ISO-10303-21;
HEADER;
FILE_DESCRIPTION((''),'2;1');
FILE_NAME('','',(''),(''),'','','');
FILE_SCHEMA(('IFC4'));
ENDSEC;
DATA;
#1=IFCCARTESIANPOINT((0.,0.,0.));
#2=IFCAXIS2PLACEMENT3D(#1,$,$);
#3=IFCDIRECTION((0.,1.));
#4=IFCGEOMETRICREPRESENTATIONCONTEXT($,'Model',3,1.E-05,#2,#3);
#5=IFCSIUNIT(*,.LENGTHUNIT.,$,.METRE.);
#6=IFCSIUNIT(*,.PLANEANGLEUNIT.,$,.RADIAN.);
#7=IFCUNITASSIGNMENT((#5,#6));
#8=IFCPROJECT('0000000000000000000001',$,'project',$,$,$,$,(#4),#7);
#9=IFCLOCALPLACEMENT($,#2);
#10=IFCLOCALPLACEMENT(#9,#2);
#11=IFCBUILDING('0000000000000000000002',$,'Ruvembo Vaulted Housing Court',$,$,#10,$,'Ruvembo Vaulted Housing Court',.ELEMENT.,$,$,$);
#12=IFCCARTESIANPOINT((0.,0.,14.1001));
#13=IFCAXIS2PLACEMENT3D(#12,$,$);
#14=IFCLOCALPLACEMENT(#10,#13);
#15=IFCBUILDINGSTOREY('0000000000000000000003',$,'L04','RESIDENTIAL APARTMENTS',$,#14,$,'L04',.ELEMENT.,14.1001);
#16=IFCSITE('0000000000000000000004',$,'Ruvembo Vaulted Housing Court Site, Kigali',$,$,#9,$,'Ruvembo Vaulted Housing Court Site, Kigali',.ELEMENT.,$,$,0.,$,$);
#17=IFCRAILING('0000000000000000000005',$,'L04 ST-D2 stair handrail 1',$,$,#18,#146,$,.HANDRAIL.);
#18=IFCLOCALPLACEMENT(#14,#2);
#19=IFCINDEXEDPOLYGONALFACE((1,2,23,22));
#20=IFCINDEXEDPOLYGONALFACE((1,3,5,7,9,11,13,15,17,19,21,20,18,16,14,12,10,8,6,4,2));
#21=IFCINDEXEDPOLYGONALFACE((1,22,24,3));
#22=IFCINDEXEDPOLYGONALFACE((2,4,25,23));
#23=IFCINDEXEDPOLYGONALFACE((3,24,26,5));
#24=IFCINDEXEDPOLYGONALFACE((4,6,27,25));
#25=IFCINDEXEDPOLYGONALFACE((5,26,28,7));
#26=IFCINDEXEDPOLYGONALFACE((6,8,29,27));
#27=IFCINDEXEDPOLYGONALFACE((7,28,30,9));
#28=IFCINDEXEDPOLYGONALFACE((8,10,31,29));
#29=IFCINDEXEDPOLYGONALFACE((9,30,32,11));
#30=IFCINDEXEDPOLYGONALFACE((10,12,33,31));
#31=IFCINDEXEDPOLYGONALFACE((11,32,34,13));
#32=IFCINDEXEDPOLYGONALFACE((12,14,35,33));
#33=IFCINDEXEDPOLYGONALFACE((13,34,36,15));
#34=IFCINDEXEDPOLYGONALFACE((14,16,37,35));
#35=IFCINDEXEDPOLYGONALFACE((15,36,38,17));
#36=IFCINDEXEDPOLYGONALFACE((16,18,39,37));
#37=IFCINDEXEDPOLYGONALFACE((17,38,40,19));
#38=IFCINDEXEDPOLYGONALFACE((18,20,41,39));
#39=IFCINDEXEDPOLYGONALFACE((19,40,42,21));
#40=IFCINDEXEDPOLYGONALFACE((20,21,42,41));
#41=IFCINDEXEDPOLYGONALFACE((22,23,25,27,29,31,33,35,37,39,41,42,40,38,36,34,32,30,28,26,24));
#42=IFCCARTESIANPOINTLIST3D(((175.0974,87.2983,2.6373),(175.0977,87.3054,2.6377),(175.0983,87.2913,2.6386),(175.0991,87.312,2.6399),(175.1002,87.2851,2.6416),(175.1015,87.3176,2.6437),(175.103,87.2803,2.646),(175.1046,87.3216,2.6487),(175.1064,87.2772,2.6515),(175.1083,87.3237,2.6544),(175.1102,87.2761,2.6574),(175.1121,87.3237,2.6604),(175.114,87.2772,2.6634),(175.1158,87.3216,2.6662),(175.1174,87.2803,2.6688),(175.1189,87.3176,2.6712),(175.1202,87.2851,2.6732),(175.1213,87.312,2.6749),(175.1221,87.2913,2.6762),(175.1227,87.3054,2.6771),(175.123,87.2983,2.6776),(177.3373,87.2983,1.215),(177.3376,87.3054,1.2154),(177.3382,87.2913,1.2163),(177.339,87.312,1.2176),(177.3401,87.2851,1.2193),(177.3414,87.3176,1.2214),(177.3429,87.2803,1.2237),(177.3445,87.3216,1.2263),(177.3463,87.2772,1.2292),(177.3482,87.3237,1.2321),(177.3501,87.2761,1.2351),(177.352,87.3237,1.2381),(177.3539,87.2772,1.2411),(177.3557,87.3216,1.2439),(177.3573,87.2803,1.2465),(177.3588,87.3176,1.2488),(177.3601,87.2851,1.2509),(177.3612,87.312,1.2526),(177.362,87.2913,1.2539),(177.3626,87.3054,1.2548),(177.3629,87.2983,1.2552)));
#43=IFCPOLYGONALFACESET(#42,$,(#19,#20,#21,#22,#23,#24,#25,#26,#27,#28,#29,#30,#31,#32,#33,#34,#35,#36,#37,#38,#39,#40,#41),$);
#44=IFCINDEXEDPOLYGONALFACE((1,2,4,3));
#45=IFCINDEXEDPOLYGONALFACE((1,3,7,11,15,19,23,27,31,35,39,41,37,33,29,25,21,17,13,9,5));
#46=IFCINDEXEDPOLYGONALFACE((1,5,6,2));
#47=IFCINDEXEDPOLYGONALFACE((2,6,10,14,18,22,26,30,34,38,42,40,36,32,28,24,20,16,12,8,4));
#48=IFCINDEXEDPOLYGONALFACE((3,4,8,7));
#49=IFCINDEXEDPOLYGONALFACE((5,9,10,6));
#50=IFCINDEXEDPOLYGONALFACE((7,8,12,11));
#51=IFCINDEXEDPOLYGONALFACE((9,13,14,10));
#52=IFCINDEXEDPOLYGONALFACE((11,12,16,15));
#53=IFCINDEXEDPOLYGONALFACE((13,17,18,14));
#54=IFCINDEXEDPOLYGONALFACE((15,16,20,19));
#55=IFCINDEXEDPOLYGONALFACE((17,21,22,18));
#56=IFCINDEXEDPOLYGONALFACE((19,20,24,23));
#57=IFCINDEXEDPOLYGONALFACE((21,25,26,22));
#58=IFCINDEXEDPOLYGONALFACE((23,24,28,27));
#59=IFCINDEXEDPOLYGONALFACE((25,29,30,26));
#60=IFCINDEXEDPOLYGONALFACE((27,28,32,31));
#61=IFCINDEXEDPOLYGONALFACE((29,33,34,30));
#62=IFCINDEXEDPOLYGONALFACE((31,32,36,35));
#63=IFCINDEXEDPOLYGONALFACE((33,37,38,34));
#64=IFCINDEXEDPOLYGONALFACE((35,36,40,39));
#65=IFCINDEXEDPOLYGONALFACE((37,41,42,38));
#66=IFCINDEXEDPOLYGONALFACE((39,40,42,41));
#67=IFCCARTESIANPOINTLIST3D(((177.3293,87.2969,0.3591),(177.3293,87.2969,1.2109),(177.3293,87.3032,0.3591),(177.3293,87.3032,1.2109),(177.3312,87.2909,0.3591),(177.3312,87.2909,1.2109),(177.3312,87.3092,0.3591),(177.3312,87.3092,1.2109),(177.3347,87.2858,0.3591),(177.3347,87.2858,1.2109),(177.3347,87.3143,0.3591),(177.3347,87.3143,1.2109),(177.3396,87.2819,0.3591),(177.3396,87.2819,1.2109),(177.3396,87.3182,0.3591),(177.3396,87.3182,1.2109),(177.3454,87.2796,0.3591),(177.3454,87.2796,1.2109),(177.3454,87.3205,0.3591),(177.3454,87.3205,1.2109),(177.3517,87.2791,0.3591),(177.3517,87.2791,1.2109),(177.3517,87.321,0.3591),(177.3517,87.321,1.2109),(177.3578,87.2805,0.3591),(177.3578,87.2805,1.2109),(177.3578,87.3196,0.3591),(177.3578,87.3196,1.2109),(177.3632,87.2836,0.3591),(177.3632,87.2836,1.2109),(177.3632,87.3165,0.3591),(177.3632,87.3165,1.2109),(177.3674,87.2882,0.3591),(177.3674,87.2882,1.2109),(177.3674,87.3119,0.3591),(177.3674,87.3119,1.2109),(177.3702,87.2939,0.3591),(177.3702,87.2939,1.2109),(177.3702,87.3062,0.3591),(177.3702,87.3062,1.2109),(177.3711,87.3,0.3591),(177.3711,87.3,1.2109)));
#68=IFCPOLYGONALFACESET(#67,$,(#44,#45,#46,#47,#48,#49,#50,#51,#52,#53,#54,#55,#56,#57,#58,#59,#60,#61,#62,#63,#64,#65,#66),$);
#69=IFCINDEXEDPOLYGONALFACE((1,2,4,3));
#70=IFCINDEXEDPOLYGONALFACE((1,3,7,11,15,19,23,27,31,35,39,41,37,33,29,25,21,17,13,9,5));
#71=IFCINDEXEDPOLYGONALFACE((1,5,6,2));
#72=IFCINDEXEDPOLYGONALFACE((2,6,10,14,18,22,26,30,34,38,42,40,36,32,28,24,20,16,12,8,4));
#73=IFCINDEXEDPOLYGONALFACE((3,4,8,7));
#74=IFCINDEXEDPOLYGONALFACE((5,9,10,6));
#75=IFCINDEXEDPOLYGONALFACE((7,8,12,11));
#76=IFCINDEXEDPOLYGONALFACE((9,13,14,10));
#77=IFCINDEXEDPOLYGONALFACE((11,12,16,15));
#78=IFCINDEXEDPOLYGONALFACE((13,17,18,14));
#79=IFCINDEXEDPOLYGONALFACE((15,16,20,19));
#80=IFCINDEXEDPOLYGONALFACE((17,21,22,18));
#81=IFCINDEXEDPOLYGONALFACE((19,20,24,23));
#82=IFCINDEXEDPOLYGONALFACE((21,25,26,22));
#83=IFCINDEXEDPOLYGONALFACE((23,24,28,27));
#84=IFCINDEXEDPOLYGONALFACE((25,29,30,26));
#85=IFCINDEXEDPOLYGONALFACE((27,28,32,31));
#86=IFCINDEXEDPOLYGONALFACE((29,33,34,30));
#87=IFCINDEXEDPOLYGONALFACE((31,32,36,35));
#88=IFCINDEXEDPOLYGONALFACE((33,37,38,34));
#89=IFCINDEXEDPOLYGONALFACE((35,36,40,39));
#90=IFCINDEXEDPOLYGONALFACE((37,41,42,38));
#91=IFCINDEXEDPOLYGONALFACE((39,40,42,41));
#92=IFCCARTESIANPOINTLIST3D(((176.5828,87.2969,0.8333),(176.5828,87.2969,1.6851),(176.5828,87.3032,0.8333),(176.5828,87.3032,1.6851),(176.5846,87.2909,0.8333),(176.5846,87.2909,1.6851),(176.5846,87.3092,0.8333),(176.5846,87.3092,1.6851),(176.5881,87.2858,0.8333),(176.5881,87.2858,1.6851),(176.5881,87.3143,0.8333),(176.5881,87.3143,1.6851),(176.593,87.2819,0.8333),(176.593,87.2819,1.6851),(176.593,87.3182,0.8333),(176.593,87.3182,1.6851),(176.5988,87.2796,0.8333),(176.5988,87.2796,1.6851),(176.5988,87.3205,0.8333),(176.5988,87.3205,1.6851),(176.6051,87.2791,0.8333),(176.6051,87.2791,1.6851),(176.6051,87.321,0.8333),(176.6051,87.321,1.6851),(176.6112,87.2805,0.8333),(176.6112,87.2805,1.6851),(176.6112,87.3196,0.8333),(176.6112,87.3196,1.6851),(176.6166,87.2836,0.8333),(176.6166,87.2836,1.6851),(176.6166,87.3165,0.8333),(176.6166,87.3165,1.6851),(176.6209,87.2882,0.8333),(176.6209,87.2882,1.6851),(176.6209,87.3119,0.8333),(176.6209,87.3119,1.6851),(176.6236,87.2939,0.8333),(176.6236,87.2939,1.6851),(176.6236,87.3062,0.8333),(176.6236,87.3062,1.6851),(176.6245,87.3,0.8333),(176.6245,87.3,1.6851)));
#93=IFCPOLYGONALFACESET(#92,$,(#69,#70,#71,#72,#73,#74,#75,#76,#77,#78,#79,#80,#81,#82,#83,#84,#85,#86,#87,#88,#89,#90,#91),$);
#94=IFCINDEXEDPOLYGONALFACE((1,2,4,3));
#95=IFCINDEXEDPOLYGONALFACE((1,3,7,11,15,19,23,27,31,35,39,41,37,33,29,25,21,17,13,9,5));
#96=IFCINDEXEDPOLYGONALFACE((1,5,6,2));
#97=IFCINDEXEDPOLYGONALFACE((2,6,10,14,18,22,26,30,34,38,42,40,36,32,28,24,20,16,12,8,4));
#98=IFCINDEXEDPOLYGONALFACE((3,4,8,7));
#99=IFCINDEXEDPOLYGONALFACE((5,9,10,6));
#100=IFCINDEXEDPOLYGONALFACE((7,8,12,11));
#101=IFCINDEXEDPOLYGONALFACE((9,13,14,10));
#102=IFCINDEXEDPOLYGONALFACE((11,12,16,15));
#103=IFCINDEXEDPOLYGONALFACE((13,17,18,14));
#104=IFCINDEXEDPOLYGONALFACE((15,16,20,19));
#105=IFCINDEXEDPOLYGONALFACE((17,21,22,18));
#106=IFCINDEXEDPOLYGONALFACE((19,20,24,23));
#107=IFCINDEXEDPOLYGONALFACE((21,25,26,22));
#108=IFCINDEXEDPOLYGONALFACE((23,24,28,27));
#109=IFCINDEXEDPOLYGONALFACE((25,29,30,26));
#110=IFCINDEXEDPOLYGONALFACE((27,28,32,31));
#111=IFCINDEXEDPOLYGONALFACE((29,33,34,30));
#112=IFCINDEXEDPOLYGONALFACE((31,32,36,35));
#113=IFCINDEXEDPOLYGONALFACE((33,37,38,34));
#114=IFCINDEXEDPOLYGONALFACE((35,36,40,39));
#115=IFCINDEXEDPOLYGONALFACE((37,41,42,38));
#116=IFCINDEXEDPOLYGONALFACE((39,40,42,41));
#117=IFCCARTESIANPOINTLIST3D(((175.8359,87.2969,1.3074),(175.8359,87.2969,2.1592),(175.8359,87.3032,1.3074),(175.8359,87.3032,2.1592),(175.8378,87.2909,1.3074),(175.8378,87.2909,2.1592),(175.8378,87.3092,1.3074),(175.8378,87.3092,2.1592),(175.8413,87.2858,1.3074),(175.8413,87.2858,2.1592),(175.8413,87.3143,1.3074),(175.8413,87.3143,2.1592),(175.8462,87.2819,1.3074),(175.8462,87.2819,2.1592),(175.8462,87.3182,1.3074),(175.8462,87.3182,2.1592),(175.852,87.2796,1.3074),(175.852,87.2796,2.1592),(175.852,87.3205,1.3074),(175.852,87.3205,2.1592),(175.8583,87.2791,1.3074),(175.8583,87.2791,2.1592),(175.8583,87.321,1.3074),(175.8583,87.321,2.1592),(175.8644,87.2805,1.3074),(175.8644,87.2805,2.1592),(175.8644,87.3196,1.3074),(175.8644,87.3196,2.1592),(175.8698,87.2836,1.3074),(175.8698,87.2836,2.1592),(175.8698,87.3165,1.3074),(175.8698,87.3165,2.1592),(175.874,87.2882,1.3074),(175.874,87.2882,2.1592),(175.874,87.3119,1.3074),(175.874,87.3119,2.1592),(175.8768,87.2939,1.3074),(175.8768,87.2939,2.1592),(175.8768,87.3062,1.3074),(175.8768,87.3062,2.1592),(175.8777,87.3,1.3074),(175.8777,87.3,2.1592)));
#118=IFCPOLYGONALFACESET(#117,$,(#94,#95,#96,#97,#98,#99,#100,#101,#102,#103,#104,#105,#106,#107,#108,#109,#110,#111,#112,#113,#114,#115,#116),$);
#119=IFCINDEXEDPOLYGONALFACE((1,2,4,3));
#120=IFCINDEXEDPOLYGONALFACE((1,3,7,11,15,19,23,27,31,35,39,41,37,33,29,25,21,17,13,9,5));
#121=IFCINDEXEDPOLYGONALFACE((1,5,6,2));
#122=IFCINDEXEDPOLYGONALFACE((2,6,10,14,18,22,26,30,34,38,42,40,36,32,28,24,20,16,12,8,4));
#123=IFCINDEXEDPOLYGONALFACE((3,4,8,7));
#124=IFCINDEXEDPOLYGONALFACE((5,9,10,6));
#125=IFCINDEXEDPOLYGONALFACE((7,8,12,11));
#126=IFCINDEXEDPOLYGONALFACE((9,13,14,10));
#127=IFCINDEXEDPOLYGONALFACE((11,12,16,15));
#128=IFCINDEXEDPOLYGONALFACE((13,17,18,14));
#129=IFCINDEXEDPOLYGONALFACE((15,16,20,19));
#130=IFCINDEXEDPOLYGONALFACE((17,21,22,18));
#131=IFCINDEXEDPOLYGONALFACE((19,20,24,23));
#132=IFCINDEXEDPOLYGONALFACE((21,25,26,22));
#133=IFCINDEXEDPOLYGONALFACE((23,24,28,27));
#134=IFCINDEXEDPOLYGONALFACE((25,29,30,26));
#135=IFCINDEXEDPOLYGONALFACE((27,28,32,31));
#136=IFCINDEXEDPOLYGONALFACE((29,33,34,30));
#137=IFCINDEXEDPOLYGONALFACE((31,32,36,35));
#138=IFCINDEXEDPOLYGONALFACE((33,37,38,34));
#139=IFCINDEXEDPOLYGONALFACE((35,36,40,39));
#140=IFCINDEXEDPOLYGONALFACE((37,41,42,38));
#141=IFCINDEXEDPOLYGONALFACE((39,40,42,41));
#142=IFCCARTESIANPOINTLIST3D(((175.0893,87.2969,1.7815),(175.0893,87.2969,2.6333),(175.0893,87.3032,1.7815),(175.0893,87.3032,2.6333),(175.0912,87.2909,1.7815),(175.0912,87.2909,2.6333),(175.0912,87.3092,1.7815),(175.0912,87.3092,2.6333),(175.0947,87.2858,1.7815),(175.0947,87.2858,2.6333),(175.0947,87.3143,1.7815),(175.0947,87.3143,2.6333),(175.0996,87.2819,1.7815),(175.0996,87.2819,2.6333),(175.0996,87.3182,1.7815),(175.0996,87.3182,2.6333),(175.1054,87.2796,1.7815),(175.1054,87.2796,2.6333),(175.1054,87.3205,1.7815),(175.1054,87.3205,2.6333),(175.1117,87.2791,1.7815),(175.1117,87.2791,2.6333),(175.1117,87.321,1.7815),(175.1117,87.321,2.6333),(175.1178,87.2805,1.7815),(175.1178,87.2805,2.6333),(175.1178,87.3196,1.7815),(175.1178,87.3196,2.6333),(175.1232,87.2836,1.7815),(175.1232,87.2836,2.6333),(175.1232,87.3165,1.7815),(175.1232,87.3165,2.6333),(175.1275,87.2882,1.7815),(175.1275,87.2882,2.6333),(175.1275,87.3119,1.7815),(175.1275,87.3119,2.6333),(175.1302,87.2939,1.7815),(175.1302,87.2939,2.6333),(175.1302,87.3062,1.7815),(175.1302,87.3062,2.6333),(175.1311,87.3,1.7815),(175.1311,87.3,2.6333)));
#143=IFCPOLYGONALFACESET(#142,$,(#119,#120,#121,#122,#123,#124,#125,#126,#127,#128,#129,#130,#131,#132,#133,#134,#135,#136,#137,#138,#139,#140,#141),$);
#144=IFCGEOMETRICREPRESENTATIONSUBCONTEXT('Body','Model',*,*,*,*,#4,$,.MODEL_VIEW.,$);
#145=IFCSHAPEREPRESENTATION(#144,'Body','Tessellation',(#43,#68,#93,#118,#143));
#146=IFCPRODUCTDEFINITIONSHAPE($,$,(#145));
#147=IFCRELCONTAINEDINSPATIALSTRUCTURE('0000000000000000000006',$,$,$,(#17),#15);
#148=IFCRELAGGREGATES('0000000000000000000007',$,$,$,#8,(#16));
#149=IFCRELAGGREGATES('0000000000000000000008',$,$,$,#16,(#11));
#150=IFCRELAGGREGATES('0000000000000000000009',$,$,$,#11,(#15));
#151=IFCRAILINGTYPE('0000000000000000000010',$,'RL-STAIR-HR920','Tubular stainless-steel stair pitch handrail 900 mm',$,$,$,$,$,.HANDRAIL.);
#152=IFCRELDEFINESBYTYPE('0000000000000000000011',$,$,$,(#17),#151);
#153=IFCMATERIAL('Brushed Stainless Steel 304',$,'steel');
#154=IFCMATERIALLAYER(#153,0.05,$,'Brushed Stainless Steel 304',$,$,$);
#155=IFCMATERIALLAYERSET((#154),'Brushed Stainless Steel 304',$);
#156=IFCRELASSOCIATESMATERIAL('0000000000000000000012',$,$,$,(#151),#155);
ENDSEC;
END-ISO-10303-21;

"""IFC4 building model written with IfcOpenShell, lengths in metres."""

from ifc_helpers import new_model, si_unit, direction, frame, origin, origin_2d, place, context, subcontext, project, spatial, circle, extrude, material, layer, layer_set, type_object, element, save


model = new_model("IFC4")

# Units and contexts
model_context = context("Model", 3, precision=1e-05, world=origin(), true_north=direction((0.0, 1.0)))
body_context = subcontext(model_context, "Body", "Model", "MODEL_VIEW")
ifc_project = project(units=[si_unit("LENGTHUNIT", "METRE"), si_unit("PLANEANGLEUNIT", "RADIAN")], contexts=[model_context])

# Site, building, storey
site_placement = place(None, origin())
site = spatial("IfcSite", under=ifc_project, at=site_placement, Name="Ruvembo Vaulted Housing Court Site, Kigali", LongName="Ruvembo Vaulted Housing Court Site, Kigali", CompositionType="ELEMENT", RefElevation=0.0)
building_placement = place(site_placement, origin())
building = spatial("IfcBuilding", under=site, at=building_placement, Name="Ruvembo Vaulted Housing Court", LongName="Ruvembo Vaulted Housing Court", CompositionType="ELEMENT")
storey_placement = place(building_placement, frame((0.0, 0.0, 14.1001)))
storey = spatial("IfcBuildingStorey", under=building, at=storey_placement, Name="L04", Description="RESIDENTIAL APARTMENTS", LongName="L04", CompositionType="ELEMENT", Elevation=14.1001)

# Shared definitions
ifc_material_1 = material(Name="Brushed Stainless Steel 304", Category="steel")

# Railing
ifc_layer_1 = layer(ifc_material_1, 0.05, Name="Brushed Stainless Steel 304")
ifc_layer_set_1 = layer_set([ifc_layer_1], Name="Brushed Stainless Steel 304")
railing_type_1 = type_object("IfcRailingType", Name="RL-STAIR-HR920", Description="Tubular stainless-steel stair pitch handrail 900 mm", PredefinedType="HANDRAIL", material=ifc_layer_set_1)
railing_1_placement = place(storey_placement, frame((177.3501, 87.3, 0.3591)))
element("IfcRailing", 1, at=railing_1_placement, inside=storey, type_object=railing_type_1, Name="L04 ST-D2 stair handrail 1", PredefinedType="HANDRAIL", context=body_context, shape_type="SweptSolid", body=[
    extrude(circle(Radius=0.0239, at=origin_2d()), frame((0.0, 0.0, 0.876), z_axis=(-0.844188, 0.0, 0.536048), x_axis=(0.0, -1.0, 0.0)), (0.0, 0.0, 1.0), 2.6533),
    extrude(circle(Radius=0.021, at=origin_2d()), origin(), (0.0, 0.0, 1.0), 0.8518),
    extrude(circle(Radius=0.021, at=origin_2d()), frame((-0.7466, 0.0, 0.4741)), (0.0, 0.0, 1.0), 0.8518),
    extrude(circle(Radius=0.021, at=origin_2d()), frame((-1.4934, 0.0, 0.9482)), (0.0, 0.0, 1.0), 0.8518),
    extrude(circle(Radius=0.021, at=origin_2d()), frame((-2.24, 0.0, 1.4224)), (0.0, 0.0, 1.0), 0.8518),
])

save(model, "model.ifc")
